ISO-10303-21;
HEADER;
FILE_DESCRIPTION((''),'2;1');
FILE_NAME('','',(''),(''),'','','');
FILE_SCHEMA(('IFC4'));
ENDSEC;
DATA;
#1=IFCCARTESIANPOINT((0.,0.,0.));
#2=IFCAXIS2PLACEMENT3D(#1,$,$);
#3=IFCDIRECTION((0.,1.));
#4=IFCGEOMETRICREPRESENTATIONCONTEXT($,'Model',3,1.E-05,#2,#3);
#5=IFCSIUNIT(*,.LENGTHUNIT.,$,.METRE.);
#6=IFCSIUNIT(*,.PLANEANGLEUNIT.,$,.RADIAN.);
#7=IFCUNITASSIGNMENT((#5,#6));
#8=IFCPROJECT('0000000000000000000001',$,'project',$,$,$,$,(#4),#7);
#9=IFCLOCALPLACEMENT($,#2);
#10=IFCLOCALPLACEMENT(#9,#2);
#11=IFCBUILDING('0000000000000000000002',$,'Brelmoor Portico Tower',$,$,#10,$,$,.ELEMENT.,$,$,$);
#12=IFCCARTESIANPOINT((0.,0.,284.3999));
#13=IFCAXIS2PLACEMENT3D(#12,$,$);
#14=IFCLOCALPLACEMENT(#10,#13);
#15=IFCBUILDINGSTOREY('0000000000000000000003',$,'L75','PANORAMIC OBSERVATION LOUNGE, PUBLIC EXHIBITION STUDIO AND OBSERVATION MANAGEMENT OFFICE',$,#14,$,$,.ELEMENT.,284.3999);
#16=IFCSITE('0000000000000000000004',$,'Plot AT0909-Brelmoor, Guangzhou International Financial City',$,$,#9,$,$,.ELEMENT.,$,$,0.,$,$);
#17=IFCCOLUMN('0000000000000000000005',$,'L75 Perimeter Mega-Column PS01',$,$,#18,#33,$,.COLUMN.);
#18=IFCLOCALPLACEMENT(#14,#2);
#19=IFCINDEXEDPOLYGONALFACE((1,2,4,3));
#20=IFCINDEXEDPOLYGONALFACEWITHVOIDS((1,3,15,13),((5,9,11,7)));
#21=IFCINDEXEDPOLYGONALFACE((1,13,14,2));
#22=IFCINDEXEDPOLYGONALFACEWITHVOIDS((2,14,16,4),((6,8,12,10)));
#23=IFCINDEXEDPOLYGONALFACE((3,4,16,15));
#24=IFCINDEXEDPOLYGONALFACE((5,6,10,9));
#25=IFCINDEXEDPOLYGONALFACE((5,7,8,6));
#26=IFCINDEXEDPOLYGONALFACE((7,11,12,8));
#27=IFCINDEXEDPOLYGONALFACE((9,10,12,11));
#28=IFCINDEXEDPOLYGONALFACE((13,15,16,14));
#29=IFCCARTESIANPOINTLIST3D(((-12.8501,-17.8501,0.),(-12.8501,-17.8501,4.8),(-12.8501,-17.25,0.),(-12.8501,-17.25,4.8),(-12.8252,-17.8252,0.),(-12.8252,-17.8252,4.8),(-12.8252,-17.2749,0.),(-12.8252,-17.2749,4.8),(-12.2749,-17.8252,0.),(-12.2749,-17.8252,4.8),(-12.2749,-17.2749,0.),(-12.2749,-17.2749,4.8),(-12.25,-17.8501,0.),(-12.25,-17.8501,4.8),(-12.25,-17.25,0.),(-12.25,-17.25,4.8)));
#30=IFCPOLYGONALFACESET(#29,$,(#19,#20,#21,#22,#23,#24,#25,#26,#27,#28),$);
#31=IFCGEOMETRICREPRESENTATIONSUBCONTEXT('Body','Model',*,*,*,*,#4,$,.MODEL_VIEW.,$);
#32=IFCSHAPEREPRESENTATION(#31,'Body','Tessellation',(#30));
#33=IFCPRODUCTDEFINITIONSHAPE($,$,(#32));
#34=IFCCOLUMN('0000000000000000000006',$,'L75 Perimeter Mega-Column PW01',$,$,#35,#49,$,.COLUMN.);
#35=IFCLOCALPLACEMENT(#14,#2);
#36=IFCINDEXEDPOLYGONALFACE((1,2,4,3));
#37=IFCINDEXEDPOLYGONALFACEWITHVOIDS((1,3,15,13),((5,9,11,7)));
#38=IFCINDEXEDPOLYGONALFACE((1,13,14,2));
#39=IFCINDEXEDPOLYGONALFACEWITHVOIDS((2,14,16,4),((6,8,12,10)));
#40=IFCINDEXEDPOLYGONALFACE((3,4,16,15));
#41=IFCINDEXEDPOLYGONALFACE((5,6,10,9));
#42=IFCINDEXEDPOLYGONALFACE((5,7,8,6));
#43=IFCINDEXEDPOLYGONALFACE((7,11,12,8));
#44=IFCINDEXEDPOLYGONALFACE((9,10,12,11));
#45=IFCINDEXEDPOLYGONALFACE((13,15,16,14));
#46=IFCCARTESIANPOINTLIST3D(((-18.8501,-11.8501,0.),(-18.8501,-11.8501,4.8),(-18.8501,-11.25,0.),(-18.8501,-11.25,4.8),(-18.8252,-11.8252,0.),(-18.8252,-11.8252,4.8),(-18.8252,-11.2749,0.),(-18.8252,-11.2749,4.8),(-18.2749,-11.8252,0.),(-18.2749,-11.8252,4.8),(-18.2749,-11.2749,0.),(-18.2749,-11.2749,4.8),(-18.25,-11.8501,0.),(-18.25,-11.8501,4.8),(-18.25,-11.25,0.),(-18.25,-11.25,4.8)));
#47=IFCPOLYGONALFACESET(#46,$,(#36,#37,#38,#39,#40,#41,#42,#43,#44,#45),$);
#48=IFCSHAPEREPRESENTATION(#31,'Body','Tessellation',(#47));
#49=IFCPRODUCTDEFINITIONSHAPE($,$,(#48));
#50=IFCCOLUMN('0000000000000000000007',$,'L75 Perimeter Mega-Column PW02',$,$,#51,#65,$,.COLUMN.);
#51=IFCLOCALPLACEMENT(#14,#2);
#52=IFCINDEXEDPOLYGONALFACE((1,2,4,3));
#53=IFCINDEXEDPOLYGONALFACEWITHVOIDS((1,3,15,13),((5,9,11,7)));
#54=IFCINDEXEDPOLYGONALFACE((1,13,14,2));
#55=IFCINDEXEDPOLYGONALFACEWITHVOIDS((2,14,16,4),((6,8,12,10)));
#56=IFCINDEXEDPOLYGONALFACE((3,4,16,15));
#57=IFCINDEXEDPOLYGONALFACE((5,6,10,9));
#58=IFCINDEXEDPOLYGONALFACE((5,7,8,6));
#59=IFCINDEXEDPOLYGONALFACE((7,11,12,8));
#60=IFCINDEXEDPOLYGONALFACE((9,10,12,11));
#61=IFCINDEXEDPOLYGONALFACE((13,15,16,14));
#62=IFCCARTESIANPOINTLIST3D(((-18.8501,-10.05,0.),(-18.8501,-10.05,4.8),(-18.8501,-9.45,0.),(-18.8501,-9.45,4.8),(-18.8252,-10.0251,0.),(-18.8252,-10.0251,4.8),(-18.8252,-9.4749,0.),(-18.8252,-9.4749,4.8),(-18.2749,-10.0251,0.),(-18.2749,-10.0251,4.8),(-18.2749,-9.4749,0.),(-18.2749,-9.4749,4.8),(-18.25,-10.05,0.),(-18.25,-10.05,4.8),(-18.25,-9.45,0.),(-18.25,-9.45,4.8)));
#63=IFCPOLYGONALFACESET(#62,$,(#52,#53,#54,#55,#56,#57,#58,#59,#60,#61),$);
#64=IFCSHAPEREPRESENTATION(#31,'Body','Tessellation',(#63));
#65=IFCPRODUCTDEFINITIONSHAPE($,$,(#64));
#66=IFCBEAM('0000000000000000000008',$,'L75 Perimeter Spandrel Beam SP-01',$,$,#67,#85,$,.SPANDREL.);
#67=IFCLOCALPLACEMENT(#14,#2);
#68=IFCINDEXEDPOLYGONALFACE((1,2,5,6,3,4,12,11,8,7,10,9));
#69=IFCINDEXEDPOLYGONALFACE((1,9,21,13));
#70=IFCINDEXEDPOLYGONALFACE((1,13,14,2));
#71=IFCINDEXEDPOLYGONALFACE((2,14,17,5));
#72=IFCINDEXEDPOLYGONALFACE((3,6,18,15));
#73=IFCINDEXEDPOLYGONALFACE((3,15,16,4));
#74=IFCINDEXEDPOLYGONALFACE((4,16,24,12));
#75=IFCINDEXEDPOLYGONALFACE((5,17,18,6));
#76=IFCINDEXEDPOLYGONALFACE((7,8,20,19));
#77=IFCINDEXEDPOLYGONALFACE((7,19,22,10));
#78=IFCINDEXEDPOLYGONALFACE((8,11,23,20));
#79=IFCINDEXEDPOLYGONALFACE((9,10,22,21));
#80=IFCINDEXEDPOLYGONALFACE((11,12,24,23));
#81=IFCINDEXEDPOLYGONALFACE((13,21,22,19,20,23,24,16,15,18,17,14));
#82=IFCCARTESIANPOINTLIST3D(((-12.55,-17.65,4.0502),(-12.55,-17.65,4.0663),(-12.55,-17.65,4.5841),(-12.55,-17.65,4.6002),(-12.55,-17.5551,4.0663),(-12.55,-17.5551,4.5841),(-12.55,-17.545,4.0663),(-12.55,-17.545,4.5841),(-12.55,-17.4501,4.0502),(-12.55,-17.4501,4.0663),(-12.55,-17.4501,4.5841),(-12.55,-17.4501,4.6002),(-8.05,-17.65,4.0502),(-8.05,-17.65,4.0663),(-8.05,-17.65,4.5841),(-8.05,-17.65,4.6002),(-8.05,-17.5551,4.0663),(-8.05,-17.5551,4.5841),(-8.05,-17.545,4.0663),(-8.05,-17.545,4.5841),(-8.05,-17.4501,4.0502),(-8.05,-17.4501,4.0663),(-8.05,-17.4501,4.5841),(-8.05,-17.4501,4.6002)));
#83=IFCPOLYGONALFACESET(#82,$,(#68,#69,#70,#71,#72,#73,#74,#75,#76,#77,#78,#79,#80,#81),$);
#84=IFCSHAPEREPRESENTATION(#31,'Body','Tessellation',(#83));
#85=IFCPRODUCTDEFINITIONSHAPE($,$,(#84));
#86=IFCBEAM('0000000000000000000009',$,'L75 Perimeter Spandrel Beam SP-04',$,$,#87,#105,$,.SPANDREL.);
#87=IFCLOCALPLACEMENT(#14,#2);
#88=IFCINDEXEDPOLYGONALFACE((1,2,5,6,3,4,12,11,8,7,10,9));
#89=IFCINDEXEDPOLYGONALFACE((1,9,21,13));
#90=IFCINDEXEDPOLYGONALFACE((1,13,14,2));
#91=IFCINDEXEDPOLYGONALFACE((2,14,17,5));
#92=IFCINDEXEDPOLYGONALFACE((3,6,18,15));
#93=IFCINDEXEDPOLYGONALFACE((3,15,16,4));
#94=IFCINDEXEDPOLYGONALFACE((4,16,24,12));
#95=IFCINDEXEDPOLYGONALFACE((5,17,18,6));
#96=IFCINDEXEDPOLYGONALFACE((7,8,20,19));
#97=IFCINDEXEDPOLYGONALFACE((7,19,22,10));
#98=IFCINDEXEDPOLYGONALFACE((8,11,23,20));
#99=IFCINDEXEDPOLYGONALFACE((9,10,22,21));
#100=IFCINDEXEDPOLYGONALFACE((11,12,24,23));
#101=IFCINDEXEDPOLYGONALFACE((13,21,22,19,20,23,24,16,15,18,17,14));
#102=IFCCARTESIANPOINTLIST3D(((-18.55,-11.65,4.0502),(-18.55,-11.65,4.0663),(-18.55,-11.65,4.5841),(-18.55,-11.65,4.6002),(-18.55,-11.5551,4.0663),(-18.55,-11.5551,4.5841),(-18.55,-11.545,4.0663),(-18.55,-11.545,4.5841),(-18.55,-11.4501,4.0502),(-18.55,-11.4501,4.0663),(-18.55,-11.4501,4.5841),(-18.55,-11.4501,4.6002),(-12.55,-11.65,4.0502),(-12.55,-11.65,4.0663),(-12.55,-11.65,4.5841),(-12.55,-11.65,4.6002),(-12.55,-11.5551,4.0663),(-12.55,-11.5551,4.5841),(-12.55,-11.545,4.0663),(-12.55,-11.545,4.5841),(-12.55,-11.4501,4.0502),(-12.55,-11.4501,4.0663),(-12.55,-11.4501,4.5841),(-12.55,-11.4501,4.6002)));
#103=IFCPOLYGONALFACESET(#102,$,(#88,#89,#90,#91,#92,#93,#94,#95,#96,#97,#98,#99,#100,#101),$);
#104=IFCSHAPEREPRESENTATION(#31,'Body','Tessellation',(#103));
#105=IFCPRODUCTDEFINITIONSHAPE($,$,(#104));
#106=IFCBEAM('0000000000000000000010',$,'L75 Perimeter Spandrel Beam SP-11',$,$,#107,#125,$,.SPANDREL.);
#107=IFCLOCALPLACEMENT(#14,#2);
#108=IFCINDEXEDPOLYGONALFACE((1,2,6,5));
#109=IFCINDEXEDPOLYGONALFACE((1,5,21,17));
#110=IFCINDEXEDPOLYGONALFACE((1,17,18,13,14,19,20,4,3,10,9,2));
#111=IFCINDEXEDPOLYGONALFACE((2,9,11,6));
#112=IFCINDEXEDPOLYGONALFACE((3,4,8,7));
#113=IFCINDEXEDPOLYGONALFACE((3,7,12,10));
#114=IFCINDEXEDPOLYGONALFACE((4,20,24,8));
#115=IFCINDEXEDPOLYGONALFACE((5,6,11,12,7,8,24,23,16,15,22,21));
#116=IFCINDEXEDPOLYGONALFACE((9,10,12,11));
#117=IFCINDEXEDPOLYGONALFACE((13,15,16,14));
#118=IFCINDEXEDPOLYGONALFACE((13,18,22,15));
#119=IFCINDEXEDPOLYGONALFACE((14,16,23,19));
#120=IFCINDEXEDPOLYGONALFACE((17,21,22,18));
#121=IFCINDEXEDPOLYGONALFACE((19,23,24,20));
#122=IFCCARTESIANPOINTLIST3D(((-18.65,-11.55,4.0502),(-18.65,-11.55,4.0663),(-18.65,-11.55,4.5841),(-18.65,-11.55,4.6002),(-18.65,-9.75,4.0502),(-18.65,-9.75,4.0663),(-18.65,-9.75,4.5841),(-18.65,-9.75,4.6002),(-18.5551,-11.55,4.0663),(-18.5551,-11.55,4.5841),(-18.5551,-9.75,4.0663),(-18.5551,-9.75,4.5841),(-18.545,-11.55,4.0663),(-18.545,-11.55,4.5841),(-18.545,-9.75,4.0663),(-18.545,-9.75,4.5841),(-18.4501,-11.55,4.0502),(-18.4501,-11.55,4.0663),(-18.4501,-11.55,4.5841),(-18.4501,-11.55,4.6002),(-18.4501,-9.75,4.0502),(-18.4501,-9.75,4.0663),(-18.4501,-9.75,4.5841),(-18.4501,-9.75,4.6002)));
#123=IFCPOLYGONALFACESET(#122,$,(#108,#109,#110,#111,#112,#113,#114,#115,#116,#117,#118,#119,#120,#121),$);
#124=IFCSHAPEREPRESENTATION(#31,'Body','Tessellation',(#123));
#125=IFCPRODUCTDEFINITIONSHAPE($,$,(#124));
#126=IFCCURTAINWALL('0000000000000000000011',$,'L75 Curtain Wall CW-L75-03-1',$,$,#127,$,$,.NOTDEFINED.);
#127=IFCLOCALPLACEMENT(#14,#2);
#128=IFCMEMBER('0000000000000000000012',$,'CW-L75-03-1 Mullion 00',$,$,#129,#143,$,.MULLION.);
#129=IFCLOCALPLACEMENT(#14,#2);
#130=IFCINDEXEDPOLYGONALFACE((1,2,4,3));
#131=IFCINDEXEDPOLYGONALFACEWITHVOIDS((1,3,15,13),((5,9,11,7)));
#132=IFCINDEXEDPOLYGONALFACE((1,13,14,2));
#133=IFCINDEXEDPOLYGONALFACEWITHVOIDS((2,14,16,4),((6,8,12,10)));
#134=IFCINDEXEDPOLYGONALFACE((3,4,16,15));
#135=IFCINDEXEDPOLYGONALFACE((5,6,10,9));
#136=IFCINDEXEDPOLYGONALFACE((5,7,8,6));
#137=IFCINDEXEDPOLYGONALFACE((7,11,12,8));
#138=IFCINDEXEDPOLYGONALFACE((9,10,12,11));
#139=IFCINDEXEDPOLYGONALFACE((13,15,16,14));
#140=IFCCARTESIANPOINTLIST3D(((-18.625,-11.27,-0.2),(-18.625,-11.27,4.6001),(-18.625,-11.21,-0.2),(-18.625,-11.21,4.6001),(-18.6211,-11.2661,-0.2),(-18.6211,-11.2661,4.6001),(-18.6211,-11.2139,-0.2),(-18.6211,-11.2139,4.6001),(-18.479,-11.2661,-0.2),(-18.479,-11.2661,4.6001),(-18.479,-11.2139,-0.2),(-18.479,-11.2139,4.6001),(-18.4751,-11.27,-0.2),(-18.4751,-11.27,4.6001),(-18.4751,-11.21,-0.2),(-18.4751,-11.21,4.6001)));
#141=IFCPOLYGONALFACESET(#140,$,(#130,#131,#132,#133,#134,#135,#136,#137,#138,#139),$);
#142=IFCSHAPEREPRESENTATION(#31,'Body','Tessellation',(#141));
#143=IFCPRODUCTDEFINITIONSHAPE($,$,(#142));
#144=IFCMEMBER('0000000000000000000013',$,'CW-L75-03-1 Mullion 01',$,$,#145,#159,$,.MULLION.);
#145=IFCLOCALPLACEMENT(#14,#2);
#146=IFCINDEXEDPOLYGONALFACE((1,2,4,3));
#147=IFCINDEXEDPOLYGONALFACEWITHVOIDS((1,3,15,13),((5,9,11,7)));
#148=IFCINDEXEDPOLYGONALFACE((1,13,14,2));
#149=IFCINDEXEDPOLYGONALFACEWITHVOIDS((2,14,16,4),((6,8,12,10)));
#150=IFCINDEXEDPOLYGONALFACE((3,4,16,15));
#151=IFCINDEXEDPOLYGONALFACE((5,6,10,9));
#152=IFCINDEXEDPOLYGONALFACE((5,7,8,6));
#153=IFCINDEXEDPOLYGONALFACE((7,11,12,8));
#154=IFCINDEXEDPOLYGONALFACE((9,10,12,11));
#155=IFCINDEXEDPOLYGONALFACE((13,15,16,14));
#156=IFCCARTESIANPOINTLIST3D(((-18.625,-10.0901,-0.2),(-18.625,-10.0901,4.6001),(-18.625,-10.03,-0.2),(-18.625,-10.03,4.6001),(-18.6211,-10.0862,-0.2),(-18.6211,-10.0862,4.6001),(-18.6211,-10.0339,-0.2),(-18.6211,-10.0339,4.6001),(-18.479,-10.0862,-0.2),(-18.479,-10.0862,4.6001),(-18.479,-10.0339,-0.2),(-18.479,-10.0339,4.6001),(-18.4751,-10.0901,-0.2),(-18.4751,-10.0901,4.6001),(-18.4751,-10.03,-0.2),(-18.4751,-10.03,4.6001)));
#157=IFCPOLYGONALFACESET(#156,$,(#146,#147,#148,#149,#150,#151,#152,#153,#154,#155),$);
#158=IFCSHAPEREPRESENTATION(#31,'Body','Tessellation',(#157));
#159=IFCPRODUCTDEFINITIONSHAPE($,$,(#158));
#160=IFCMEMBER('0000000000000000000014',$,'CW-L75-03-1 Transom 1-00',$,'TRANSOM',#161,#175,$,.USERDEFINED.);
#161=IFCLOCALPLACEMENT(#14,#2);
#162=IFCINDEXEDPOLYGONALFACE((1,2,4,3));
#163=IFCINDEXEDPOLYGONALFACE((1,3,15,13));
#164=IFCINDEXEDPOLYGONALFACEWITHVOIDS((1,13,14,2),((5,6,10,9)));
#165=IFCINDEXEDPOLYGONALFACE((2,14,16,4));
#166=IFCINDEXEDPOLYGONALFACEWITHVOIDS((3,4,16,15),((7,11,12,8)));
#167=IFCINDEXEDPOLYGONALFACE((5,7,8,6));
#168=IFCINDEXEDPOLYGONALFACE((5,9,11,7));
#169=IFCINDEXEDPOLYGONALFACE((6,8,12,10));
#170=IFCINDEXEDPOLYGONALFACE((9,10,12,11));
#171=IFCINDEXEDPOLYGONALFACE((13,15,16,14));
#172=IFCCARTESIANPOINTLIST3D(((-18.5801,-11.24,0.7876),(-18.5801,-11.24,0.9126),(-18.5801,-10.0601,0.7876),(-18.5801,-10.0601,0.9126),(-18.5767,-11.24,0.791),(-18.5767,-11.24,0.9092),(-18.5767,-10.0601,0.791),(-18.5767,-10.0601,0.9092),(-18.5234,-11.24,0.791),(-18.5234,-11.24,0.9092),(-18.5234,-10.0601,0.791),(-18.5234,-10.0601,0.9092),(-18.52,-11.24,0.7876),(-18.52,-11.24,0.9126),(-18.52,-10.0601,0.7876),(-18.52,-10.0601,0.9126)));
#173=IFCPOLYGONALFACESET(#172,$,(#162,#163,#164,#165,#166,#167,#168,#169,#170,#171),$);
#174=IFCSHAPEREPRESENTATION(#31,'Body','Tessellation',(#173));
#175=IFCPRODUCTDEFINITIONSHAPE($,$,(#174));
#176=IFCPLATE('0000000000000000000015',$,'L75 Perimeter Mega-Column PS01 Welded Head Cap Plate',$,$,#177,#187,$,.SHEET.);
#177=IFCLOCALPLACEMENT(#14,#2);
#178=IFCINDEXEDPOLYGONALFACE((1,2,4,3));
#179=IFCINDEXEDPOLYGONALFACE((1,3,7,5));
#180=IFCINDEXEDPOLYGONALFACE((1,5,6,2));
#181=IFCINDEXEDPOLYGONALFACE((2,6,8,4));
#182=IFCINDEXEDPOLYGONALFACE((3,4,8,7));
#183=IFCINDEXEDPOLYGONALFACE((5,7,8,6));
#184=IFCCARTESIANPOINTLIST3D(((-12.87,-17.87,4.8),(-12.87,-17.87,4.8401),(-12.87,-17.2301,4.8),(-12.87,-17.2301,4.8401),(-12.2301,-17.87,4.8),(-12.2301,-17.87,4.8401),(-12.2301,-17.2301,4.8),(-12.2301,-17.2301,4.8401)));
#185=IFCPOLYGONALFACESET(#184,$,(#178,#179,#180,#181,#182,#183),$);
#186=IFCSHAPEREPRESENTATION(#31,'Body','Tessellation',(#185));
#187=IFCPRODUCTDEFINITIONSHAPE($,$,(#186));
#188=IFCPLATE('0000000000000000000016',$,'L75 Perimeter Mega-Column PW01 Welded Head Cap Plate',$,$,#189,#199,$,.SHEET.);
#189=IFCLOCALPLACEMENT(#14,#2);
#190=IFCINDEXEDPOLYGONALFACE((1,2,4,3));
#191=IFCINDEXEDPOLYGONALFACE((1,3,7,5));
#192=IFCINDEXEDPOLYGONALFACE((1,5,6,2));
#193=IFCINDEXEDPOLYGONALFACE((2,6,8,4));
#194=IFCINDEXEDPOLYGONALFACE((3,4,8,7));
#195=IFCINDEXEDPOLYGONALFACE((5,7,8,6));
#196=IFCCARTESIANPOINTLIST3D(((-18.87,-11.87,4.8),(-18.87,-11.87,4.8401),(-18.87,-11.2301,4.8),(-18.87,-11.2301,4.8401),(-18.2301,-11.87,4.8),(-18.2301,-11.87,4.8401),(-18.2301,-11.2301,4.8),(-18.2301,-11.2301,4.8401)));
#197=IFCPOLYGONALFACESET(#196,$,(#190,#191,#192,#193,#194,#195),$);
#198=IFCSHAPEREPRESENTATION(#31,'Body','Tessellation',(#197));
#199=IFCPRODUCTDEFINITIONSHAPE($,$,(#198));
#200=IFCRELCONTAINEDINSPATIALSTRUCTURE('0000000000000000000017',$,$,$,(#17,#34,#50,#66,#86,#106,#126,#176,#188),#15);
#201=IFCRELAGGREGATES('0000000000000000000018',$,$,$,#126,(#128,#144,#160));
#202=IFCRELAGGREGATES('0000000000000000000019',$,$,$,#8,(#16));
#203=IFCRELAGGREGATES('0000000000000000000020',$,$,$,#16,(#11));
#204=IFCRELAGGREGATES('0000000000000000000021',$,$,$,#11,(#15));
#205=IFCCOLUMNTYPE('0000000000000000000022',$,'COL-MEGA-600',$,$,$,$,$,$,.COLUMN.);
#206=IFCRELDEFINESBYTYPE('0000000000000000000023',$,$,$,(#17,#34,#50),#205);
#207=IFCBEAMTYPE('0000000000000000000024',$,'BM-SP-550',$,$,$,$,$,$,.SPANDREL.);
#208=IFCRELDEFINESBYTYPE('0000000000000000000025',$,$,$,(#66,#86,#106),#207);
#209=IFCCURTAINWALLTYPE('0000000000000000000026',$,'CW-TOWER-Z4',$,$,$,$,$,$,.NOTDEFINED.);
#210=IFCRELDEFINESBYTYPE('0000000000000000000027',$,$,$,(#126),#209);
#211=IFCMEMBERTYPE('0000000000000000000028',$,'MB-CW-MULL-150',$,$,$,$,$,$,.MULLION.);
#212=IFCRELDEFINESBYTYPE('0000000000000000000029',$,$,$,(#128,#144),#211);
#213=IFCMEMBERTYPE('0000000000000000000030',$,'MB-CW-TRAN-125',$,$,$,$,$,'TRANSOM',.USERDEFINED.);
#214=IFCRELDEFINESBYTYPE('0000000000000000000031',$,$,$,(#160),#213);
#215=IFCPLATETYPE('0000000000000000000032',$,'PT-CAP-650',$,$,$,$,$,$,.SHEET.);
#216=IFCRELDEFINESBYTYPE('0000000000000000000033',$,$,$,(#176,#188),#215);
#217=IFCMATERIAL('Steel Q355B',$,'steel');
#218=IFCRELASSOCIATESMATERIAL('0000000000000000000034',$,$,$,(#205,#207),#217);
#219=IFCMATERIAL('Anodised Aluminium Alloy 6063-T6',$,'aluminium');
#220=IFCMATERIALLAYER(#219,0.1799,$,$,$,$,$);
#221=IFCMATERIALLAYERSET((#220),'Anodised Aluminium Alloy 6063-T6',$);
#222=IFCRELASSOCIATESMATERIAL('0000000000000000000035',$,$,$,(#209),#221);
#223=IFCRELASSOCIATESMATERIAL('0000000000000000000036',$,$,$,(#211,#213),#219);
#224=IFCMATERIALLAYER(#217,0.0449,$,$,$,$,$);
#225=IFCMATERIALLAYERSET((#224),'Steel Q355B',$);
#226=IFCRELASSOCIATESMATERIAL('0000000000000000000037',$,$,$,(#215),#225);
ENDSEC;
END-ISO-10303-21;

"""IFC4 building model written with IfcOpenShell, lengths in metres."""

from ifc_helpers import new_model, si_unit, direction, frame, origin, origin_2d, place, context, subcontext, project, spatial, rectangle, hollow_rectangle, i_section, extrude, material, layer, layer_set, material_profile, profile_set, type_object, element, aggregate, save


model = new_model("IFC4")

# Units and contexts
model_context = context("Model", 3, precision=1e-05, world=origin(), true_north=direction((0.0, 1.0)))
body_context = subcontext(model_context, "Body", "Model", "MODEL_VIEW")
ifc_project = project(units=[si_unit("LENGTHUNIT", "METRE"), si_unit("PLANEANGLEUNIT", "RADIAN")], contexts=[model_context])

# Site, building, storey
site_placement = place(None, origin())
site = spatial("IfcSite", under=ifc_project, at=site_placement, Name="Plot AT0909-Brelmoor, Guangzhou International Financial City", CompositionType="ELEMENT", RefElevation=0.0)
building_placement = place(site_placement, origin())
building = spatial("IfcBuilding", under=site, at=building_placement, Name="Brelmoor Portico Tower", CompositionType="ELEMENT")
storey_placement = place(building_placement, frame((0.0, 0.0, 284.3999)))
storey = spatial("IfcBuildingStorey", under=building, at=storey_placement, Name="L75", Description="PANORAMIC OBSERVATION LOUNGE, PUBLIC EXHIBITION STUDIO AND OBSERVATION MANAGEMENT OFFICE", CompositionType="ELEMENT", Elevation=284.3999)

# Columns
ifc_material_1 = material(Name="Steel Q355B", Category="steel")
ifc_material_profile_1 = material_profile(ifc_material_1, hollow_rectangle(XDim=0.6001, YDim=0.6001, WallThickness=0.0249, at=origin_2d()), Name="BOX 600x600x25")
ifc_profile_set_1 = profile_set([ifc_material_profile_1], Name="Steel Q355B")
column_type = type_object("IfcColumnType", Name="COL-MEGA-600", PredefinedType="COLUMN", material=ifc_profile_set_1)
for number, where, z_axis, x_axis, name in (
    (1, (-12.55, -17.55, 0.0), (0.0, 0.0, 1.0), (1.0, 0.0, 0.0), "L75 Perimeter Mega-Column PS01"),
    (2, (-18.55, -11.55, 0.0), (0.0, 0.0, 1.0), (0.0, 1.0, 0.0), "L75 Perimeter Mega-Column PW01"),
    (3, (-18.55, -9.75, 0.0), (0.0, 0.0, 1.0), (0.0, 1.0, 0.0), "L75 Perimeter Mega-Column PW02"),
):
    element("IfcColumn", number, at=place(storey_placement, frame(where, z_axis=z_axis, x_axis=x_axis)), inside=storey, type_object=column_type, Name=name, PredefinedType="COLUMN", context=body_context, shape_type="SweptSolid", body=[
        extrude(hollow_rectangle(XDim=0.6001, YDim=0.6001, WallThickness=0.0249, at=origin_2d()), origin(), (0.0, 0.0, 1.0), 4.8),
    ])

# Beams
ifc_material_profile_2 = material_profile(ifc_material_1, i_section(OverallWidth=0.2, OverallDepth=0.55, WebThickness=0.01, FlangeThickness=0.0161, at=origin_2d()), Name="HN 550x200x10x16")
ifc_profile_set_2 = profile_set([ifc_material_profile_2], Name="Steel Q355B")
beam_type = type_object("IfcBeamType", Name="BM-SP-550", PredefinedType="SPANDREL", material=ifc_profile_set_2)
beam_1_placement = place(storey_placement, frame((-12.55, -17.55, 4.3252), z_axis=(1.0, 0.0, 0.0), x_axis=(0.0, 1.0, 0.0)))
element("IfcBeam", 4, at=beam_1_placement, inside=storey, type_object=beam_type, Name="L75 Perimeter Spandrel Beam SP-01", PredefinedType="SPANDREL", context=body_context, shape_type="SweptSolid", body=[
    extrude(i_section(OverallWidth=0.2, OverallDepth=0.55, WebThickness=0.01, FlangeThickness=0.0161, at=origin_2d()), origin(), (0.0, 0.0, 1.0), 4.5),
])
beam_2_placement = place(storey_placement, frame((-18.55, -11.55, 4.3252), z_axis=(1.0, 0.0, 0.0), x_axis=(0.0, 1.0, 0.0)))
element("IfcBeam", 5, at=beam_2_placement, inside=storey, type_object=beam_type, Name="L75 Perimeter Spandrel Beam SP-04", PredefinedType="SPANDREL", context=body_context, shape_type="SweptSolid", body=[
    extrude(i_section(OverallWidth=0.2, OverallDepth=0.55, WebThickness=0.01, FlangeThickness=0.0161, at=origin_2d()), origin(), (0.0, 0.0, 1.0), 6.0),
])
beam_3_placement = place(storey_placement, frame((-18.55, -11.55, 4.3252), z_axis=(0.0, 1.0, 0.0), x_axis=(-1.0, 0.0, 0.0)))
element("IfcBeam", 6, at=beam_3_placement, inside=storey, type_object=beam_type, Name="L75 Perimeter Spandrel Beam SP-11", PredefinedType="SPANDREL", context=body_context, shape_type="SweptSolid", body=[
    extrude(i_section(OverallWidth=0.2, OverallDepth=0.55, WebThickness=0.01, FlangeThickness=0.0161, at=origin_2d()), origin(), (0.0, 0.0, 1.0), 1.8),
])

# Curtain wall, members
ifc_material_2 = material(Name="Anodised Aluminium Alloy 6063-T6", Category="aluminium")
ifc_layer_1 = layer(ifc_material_2, 0.1799)
ifc_layer_set_1 = layer_set([ifc_layer_1], Name="Anodised Aluminium Alloy 6063-T6")
curtain_wall_type = type_object("IfcCurtainWallType", Name="CW-TOWER-Z4", PredefinedType="NOTDEFINED", material=ifc_layer_set_1)
curtain_wall_placement = place(storey_placement, origin())
curtain_wall = element("IfcCurtainWall", 7, at=curtain_wall_placement, inside=storey, type_object=curtain_wall_type, Name="L75 Curtain Wall CW-L75-03-1", PredefinedType="NOTDEFINED")
ifc_material_profile_3 = material_profile(ifc_material_2, hollow_rectangle(XDim=0.0601, YDim=0.1499, WallThickness=0.0039, at=origin_2d()), Name="ALU MULLION 60x150")
ifc_profile_set_3 = profile_set([ifc_material_profile_3], Name="Anodised Aluminium Alloy 6063-T6")
member_type_1 = type_object("IfcMemberType", Name="MB-CW-MULL-150", PredefinedType="MULLION", material=ifc_profile_set_3)
member_1_placement = place(storey_placement, frame((-18.55, -11.24, -0.2), z_axis=(0.0, 0.0, 1.0), x_axis=(0.0, 1.0, 0.0)))
member_1 = element("IfcMember", 8, at=member_1_placement, type_object=member_type_1, Name="CW-L75-03-1 Mullion 00", PredefinedType="MULLION", context=body_context, shape_type="SweptSolid", body=[
    extrude(hollow_rectangle(XDim=0.0601, YDim=0.1499, WallThickness=0.0039, at=origin_2d()), origin(), (0.0, 0.0, 1.0), 4.8),
])
member_2_placement = place(storey_placement, frame((-18.55, -10.0601, -0.2), z_axis=(0.0, 0.0, 1.0), x_axis=(0.0, 1.0, 0.0)))
member_2 = element("IfcMember", 9, at=member_2_placement, type_object=member_type_1, Name="CW-L75-03-1 Mullion 01", PredefinedType="MULLION", context=body_context, shape_type="SweptSolid", body=[
    extrude(hollow_rectangle(XDim=0.0601, YDim=0.1499, WallThickness=0.0039, at=origin_2d()), origin(), (0.0, 0.0, 1.0), 4.8),
])
ifc_material_profile_4 = material_profile(ifc_material_2, hollow_rectangle(XDim=0.0601, YDim=0.125, WallThickness=0.0034, at=origin_2d()), Name="ALU TRANSOM 60x125")
ifc_profile_set_4 = profile_set([ifc_material_profile_4], Name="Anodised Aluminium Alloy 6063-T6")
member_type_2 = type_object("IfcMemberType", Name="MB-CW-TRAN-125", ElementType="TRANSOM", PredefinedType="USERDEFINED", material=ifc_profile_set_4)
member_3_placement = place(storey_placement, frame((-18.55, -11.24, 0.8501), z_axis=(0.0, 1.0, 0.0), x_axis=(-1.0, 0.0, 0.0)))
member_3 = element("IfcMember", 10, at=member_3_placement, type_object=member_type_2, Name="CW-L75-03-1 Transom 1-00", ObjectType="TRANSOM", PredefinedType="USERDEFINED", context=body_context, shape_type="SweptSolid", body=[
    extrude(hollow_rectangle(XDim=0.0601, YDim=0.125, WallThickness=0.0034, at=origin_2d()), origin(), (0.0, 0.0, 1.0), 1.1799),
])

# Plates
ifc_layer_2 = layer(ifc_material_1, 0.0449)
ifc_layer_set_2 = layer_set([ifc_layer_2], Name="Steel Q355B")
plate_type_1 = type_object("IfcPlateType", Name="PT-CAP-650", PredefinedType="SHEET", material=ifc_layer_set_2)
for number, where, z_axis, x_axis, name in (
    (11, (-12.55, -17.55, 4.8), (0.0, 0.0, 1.0), (1.0, 0.0, 0.0), "L75 Perimeter Mega-Column PS01 Welded Head Cap Plate"),
    (12, (-18.55, -11.55, 4.8), (0.0, 0.0, 1.0), (0.0, 1.0, 0.0), "L75 Perimeter Mega-Column PW01 Welded Head Cap Plate"),
):
    element("IfcPlate", number, at=place(storey_placement, frame(where, z_axis=z_axis, x_axis=x_axis)), inside=storey, type_object=plate_type_1, Name=name, PredefinedType="SHEET", context=body_context, shape_type="SweptSolid", body=[
        extrude(rectangle(XDim=0.6399, YDim=0.6399, at=origin_2d()), origin(), (0.0, 0.0, 1.0), 0.04),
    ])

aggregate(curtain_wall, [member_1, member_2, member_3])

save(model, "model.ifc")
